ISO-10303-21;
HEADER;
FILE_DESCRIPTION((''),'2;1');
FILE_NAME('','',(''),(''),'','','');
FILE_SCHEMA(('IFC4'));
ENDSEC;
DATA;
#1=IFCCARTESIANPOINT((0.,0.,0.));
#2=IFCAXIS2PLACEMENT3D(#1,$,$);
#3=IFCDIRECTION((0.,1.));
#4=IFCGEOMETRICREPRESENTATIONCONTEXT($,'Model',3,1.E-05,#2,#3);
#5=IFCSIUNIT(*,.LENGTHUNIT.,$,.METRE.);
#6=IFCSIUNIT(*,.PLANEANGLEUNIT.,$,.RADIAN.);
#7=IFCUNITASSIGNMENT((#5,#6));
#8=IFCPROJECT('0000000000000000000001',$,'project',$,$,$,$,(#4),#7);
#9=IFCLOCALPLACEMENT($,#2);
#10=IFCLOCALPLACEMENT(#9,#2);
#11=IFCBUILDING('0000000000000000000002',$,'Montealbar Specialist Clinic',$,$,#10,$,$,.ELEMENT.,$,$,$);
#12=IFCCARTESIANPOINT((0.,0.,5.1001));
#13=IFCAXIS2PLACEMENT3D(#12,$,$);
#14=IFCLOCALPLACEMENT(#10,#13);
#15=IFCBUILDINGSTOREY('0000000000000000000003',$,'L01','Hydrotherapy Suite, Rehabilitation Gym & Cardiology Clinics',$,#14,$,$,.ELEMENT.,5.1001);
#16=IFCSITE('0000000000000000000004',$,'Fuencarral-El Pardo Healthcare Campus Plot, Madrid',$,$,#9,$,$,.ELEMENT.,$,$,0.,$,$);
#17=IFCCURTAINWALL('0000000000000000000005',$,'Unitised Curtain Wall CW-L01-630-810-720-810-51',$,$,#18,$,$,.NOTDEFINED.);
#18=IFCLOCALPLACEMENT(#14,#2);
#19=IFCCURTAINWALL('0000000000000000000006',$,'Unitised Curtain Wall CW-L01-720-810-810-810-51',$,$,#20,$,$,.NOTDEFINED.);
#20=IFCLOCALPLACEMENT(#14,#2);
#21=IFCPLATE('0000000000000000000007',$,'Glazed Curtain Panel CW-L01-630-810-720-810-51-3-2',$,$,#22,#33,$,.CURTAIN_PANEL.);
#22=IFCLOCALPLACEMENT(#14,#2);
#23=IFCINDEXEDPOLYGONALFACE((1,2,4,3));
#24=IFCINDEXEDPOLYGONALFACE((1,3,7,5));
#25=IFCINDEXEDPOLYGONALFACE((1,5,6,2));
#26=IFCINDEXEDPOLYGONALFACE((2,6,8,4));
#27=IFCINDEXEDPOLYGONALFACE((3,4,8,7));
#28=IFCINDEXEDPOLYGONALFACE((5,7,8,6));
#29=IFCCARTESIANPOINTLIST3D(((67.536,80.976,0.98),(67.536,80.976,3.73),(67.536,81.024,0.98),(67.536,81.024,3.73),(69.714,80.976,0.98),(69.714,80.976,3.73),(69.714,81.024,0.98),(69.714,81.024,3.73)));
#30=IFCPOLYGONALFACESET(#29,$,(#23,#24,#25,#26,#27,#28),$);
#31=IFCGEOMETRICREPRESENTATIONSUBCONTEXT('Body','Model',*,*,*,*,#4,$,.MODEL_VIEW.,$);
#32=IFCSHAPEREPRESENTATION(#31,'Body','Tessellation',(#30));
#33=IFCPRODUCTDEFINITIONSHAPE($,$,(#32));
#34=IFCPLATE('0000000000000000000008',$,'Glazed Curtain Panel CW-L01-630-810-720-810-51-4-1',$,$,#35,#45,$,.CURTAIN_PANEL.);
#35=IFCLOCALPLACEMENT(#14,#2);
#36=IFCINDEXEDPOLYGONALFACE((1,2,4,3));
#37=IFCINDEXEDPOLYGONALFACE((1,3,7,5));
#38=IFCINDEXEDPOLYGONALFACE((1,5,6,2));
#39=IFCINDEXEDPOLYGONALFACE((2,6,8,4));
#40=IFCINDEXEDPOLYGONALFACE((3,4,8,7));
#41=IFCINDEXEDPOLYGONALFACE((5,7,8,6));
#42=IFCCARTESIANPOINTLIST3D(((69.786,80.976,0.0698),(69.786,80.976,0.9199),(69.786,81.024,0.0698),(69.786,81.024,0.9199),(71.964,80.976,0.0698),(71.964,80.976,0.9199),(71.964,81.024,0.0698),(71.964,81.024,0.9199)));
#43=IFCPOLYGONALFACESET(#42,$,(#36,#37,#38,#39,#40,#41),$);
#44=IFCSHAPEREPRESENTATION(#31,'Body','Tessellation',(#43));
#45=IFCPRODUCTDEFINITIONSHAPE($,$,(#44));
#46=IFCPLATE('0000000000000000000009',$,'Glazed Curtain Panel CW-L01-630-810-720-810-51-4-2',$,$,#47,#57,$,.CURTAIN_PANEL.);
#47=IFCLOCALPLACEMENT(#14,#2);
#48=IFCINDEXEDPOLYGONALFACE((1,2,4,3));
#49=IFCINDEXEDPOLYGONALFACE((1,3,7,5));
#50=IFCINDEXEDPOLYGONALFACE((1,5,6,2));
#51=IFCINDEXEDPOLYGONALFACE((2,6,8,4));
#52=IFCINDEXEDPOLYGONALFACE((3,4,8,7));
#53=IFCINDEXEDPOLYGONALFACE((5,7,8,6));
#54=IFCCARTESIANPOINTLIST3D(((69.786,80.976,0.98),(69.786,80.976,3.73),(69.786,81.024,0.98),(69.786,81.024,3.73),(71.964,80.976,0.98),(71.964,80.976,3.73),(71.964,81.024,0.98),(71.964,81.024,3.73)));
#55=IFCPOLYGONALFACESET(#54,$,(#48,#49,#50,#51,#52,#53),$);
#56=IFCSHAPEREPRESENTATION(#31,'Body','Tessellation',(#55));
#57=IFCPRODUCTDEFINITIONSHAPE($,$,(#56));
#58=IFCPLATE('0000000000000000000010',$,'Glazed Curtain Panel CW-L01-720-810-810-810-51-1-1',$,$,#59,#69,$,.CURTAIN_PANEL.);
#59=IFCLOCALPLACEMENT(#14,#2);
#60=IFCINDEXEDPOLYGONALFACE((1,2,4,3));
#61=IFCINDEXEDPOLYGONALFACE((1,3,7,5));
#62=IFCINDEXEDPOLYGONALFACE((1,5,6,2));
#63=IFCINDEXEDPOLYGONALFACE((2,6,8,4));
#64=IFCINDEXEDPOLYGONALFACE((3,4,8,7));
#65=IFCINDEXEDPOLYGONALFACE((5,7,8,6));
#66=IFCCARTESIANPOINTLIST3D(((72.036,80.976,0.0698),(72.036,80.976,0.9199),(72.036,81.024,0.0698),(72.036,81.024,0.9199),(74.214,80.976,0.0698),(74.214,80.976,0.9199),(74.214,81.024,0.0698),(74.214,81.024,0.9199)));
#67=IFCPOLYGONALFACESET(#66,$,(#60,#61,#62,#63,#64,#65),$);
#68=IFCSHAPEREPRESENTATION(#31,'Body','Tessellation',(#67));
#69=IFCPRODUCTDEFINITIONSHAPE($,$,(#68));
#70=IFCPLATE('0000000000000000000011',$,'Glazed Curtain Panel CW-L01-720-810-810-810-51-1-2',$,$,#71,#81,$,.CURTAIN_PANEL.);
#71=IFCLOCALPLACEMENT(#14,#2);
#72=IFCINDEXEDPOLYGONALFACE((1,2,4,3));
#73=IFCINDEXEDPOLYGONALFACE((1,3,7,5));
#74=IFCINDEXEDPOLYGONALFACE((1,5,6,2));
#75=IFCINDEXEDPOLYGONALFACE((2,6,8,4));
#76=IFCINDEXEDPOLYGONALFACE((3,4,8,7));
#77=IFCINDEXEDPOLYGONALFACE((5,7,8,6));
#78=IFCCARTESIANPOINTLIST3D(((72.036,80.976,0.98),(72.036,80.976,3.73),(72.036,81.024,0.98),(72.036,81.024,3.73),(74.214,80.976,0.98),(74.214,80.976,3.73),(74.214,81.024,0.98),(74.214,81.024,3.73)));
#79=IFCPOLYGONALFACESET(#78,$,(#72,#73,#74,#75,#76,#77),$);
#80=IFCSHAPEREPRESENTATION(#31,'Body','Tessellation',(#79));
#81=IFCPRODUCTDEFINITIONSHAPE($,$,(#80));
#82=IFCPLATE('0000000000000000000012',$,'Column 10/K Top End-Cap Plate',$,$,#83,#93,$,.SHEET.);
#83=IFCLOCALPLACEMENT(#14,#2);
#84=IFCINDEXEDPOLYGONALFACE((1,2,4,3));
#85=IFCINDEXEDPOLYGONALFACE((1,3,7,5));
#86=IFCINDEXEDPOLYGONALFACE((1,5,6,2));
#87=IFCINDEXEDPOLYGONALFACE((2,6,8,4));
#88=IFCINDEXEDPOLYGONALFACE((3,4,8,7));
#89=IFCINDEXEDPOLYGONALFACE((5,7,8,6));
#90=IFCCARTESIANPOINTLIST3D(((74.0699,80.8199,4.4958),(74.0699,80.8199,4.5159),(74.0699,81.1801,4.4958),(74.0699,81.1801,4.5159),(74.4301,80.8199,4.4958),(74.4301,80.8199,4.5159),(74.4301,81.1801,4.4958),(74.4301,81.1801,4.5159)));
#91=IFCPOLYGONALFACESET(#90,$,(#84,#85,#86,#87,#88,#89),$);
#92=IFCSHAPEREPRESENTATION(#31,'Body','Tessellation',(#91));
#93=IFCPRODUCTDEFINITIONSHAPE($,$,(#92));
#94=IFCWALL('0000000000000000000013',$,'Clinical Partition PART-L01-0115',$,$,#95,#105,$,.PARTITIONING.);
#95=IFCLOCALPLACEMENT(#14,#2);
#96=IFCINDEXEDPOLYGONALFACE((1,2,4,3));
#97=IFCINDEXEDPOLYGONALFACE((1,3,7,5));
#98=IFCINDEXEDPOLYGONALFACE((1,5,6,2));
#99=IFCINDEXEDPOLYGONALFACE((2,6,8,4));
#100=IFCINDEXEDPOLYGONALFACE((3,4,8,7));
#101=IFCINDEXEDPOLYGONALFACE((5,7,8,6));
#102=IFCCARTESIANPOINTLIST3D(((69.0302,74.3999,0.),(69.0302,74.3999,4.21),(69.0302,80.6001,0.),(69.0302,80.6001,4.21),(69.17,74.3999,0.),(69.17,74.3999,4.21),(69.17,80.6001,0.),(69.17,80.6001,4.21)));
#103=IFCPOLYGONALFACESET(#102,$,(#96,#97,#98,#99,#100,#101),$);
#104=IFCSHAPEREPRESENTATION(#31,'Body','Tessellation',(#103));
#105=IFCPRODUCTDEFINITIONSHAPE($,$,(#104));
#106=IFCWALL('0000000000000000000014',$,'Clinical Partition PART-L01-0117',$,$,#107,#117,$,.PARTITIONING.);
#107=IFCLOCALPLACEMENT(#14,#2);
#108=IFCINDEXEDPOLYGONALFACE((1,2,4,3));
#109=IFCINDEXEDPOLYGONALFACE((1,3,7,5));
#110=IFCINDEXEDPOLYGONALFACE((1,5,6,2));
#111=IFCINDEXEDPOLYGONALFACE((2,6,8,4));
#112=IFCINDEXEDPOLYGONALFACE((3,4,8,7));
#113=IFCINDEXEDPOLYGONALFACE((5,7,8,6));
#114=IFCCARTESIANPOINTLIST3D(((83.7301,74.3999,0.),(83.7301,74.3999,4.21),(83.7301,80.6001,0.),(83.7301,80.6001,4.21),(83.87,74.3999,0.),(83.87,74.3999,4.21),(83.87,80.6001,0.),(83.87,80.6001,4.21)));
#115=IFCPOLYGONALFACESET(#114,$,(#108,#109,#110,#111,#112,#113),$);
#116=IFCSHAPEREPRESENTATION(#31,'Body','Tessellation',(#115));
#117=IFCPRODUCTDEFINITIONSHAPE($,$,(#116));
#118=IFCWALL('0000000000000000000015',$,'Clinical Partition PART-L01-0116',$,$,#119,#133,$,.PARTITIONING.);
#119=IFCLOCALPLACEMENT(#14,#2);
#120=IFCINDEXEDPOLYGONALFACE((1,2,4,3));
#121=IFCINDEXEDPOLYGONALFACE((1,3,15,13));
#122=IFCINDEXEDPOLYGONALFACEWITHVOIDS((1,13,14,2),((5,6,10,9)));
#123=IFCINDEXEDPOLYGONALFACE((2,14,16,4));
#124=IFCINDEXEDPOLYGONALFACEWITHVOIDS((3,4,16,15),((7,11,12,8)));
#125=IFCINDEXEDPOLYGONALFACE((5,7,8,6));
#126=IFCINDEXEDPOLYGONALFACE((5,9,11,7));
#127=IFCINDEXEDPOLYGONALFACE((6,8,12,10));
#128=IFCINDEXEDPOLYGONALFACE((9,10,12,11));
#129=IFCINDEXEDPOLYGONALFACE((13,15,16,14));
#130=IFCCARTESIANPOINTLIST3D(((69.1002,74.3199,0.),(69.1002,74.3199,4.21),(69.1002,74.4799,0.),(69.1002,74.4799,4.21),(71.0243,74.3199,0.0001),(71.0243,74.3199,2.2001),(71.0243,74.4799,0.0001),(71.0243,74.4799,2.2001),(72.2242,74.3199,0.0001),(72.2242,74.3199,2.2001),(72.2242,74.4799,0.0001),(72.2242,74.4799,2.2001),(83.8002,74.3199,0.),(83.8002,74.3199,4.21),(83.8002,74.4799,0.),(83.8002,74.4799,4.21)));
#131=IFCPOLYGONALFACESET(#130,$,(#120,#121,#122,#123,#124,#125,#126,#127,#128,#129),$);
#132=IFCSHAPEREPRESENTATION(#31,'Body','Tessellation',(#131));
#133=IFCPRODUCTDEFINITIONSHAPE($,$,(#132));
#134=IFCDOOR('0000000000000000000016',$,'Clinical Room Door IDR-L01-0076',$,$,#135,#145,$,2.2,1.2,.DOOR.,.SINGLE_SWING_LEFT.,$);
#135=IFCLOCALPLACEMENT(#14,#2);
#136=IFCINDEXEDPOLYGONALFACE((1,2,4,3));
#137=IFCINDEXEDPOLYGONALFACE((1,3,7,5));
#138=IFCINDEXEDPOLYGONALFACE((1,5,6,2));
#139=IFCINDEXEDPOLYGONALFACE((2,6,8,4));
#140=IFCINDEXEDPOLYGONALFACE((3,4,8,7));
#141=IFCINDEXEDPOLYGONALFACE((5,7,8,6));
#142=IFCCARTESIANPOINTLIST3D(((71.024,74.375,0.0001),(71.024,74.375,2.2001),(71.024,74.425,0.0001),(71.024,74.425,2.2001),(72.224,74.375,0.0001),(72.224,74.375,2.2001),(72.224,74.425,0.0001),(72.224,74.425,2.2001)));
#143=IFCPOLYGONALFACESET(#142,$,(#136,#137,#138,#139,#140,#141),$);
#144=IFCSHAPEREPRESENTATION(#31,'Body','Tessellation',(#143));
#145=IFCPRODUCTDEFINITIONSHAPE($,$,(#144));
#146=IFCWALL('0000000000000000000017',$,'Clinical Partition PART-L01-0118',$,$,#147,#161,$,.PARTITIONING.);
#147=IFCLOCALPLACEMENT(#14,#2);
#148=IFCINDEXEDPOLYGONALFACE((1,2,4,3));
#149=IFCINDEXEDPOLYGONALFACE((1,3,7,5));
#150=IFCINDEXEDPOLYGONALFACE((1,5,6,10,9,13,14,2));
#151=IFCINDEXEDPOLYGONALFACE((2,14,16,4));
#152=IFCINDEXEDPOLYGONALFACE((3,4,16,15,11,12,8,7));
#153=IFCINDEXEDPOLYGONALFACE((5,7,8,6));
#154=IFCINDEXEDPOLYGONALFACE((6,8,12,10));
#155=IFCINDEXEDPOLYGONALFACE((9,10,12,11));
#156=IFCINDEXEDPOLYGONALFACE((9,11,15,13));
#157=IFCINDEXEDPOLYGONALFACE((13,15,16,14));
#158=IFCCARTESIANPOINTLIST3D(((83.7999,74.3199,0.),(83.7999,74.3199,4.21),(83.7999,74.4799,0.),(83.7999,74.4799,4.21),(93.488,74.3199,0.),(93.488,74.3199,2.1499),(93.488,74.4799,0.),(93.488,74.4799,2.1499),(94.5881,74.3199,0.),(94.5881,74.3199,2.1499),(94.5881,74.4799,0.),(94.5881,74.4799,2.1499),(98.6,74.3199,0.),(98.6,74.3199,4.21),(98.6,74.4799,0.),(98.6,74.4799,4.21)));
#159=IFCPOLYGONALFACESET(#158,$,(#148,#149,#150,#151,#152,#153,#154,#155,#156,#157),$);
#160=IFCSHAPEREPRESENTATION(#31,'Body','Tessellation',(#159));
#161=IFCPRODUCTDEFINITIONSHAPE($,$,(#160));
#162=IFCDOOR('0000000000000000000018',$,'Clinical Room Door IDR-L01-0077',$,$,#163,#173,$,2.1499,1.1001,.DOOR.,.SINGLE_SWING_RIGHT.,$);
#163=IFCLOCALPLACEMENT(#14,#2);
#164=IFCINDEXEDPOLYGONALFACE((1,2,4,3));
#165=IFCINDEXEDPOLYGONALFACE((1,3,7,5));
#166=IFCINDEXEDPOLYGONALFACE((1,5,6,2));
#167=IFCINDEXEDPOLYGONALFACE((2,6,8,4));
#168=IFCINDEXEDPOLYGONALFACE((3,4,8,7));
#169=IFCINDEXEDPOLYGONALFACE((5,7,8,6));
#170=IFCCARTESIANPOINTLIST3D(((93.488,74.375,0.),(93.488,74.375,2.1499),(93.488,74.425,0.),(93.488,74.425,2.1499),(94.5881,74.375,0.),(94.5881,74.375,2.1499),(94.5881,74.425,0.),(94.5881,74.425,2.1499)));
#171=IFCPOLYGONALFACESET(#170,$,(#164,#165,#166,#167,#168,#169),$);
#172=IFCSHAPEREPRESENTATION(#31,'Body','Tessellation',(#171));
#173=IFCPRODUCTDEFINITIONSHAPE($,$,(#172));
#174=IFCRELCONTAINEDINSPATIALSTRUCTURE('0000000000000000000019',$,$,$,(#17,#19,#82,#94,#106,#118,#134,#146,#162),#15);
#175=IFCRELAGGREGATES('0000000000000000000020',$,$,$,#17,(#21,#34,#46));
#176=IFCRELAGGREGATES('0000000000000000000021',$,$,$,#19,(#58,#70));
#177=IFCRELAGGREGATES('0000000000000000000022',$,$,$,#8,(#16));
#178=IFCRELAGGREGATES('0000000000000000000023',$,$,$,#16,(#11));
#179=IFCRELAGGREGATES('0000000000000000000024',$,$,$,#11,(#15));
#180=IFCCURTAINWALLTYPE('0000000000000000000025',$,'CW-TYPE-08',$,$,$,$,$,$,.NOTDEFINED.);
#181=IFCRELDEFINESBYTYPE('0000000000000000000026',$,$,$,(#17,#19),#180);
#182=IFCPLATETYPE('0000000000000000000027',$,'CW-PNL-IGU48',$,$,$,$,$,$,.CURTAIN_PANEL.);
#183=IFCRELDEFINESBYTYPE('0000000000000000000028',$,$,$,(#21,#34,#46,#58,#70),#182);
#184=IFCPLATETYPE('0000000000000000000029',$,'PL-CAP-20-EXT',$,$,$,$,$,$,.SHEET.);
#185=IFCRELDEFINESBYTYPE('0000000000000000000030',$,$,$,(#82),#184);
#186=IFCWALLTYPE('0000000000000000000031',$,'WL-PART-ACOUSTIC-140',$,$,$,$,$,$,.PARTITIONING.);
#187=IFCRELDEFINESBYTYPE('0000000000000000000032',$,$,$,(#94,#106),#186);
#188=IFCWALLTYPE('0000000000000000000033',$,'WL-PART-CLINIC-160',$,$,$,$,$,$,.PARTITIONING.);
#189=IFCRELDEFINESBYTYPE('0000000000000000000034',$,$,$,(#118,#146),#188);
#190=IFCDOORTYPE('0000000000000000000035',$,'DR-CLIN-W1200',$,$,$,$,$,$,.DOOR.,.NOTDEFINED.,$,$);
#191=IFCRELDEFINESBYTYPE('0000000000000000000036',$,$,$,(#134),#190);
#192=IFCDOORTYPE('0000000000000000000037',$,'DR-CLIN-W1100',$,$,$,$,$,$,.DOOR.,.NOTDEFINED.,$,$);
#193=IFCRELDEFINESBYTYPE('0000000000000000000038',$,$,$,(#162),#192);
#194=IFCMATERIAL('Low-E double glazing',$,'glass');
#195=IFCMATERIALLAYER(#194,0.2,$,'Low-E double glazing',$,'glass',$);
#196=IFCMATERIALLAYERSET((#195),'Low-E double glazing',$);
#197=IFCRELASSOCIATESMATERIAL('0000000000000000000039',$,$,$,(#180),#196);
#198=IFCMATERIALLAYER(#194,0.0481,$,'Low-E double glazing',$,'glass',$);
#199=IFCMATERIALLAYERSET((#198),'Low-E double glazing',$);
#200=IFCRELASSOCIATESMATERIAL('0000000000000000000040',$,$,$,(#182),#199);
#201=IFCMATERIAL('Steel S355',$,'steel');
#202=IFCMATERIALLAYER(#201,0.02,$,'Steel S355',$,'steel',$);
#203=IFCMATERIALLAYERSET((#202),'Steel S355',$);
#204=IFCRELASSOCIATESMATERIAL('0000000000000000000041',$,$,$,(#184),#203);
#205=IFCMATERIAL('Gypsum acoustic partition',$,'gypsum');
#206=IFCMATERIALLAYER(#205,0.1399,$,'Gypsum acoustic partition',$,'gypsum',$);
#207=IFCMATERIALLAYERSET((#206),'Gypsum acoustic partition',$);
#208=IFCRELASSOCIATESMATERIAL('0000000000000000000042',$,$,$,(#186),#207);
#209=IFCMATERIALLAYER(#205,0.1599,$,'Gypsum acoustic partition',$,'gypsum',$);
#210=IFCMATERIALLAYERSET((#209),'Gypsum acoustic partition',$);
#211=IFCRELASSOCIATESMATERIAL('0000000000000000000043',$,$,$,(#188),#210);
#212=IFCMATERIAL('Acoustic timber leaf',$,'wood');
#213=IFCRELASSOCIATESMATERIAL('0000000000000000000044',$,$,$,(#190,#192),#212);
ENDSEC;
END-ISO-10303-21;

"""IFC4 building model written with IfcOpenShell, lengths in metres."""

from ifc_helpers import new_model, si_unit, direction, frame, frame_2d, origin, origin_2d, place, context, subcontext, project, spatial, rectangle, extrude, material, layer, layer_set, type_object, element, fill, aggregate, save


model = new_model("IFC4")

# Units and contexts
model_context = context("Model", 3, precision=1e-05, world=origin(), true_north=direction((0.0, 1.0)))
body_context = subcontext(model_context, "Body", "Model", "MODEL_VIEW")
ifc_project = project(units=[si_unit("LENGTHUNIT", "METRE"), si_unit("PLANEANGLEUNIT", "RADIAN")], contexts=[model_context])

# Site, building, storey
site_placement = place(None, origin())
site = spatial("IfcSite", under=ifc_project, at=site_placement, Name="Fuencarral-El Pardo Healthcare Campus Plot, Madrid", CompositionType="ELEMENT", RefElevation=0.0)
building_placement = place(site_placement, origin())
building = spatial("IfcBuilding", under=site, at=building_placement, Name="Montealbar Specialist Clinic", CompositionType="ELEMENT")
storey_placement = place(building_placement, frame((0.0, 0.0, 5.1001)))
storey = spatial("IfcBuildingStorey", under=building, at=storey_placement, Name="L01", Description="Hydrotherapy Suite, Rehabilitation Gym & Cardiology Clinics", CompositionType="ELEMENT", Elevation=5.1001)

# Shared definitions
ifc_material_1 = material(Name="Steel S355", Category="steel")

# Curtain walls
ifc_material_2 = material(Name="Low-E double glazing", Category="glass")
ifc_layer_1 = layer(ifc_material_2, 0.2, Name="Low-E double glazing", Category="glass")
ifc_layer_set_1 = layer_set([ifc_layer_1], Name="Low-E double glazing")
curtain_wall_type = type_object("IfcCurtainWallType", Name="CW-TYPE-08", PredefinedType="NOTDEFINED", material=ifc_layer_set_1)
curtain_wall_1_placement = place(storey_placement, origin())
curtain_wall_1 = element("IfcCurtainWall", 1, at=curtain_wall_1_placement, inside=storey, type_object=curtain_wall_type, Name="Unitised Curtain Wall CW-L01-630-810-720-810-51", PredefinedType="NOTDEFINED")
curtain_wall_2_placement = place(storey_placement, origin())
curtain_wall_2 = element("IfcCurtainWall", 2, at=curtain_wall_2_placement, inside=storey, type_object=curtain_wall_type, Name="Unitised Curtain Wall CW-L01-720-810-810-810-51", PredefinedType="NOTDEFINED")

# Plates
ifc_layer_2 = layer(ifc_material_2, 0.0481, Name="Low-E double glazing", Category="glass")
ifc_layer_set_2 = layer_set([ifc_layer_2], Name="Low-E double glazing")
plate_type_1 = type_object("IfcPlateType", Name="CW-PNL-IGU48", PredefinedType="CURTAIN_PANEL", material=ifc_layer_set_2)
plate_1_placement = place(storey_placement, frame((68.625, 81.0, 0.98), z_axis=(0.0, 0.0, 1.0), x_axis=(1.0, 0.0, 0.0)))
plate_1 = element("IfcPlate", 3, at=plate_1_placement, type_object=plate_type_1, Name="Glazed Curtain Panel CW-L01-630-810-720-810-51-3-2", PredefinedType="CURTAIN_PANEL", context=body_context, shape_type="SweptSolid", body=[
    extrude(rectangle(XDim=2.178, YDim=0.0481, at=origin_2d()), origin(), (0.0, 0.0, 1.0), 2.75),
])
plate_2_placement = place(storey_placement, frame((70.875, 81.0, 0.0698), z_axis=(0.0, 0.0, 1.0), x_axis=(1.0, 0.0, 0.0)))
plate_2 = element("IfcPlate", 4, at=plate_2_placement, type_object=plate_type_1, Name="Glazed Curtain Panel CW-L01-630-810-720-810-51-4-1", PredefinedType="CURTAIN_PANEL", context=body_context, shape_type="SweptSolid", body=[
    extrude(rectangle(XDim=2.178, YDim=0.0481, at=origin_2d()), origin(), (0.0, 0.0, 1.0), 0.8501),
])
plate_3_placement = place(storey_placement, frame((70.875, 81.0, 0.98), z_axis=(0.0, 0.0, 1.0), x_axis=(1.0, 0.0, 0.0)))
plate_3 = element("IfcPlate", 5, at=plate_3_placement, type_object=plate_type_1, Name="Glazed Curtain Panel CW-L01-630-810-720-810-51-4-2", PredefinedType="CURTAIN_PANEL", context=body_context, shape_type="SweptSolid", body=[
    extrude(rectangle(XDim=2.178, YDim=0.0481, at=origin_2d()), origin(), (0.0, 0.0, 1.0), 2.75),
])
aggregate(curtain_wall_1, [plate_1, plate_2, plate_3])
plate_4_placement = place(storey_placement, frame((73.125, 81.0, 0.0698), z_axis=(0.0, 0.0, 1.0), x_axis=(1.0, 0.0, 0.0)))
plate_4 = element("IfcPlate", 6, at=plate_4_placement, type_object=plate_type_1, Name="Glazed Curtain Panel CW-L01-720-810-810-810-51-1-1", PredefinedType="CURTAIN_PANEL", context=body_context, shape_type="SweptSolid", body=[
    extrude(rectangle(XDim=2.178, YDim=0.0481, at=origin_2d()), origin(), (0.0, 0.0, 1.0), 0.8501),
])
plate_5_placement = place(storey_placement, frame((73.125, 81.0, 0.98), z_axis=(0.0, 0.0, 1.0), x_axis=(1.0, 0.0, 0.0)))
plate_5 = element("IfcPlate", 7, at=plate_5_placement, type_object=plate_type_1, Name="Glazed Curtain Panel CW-L01-720-810-810-810-51-1-2", PredefinedType="CURTAIN_PANEL", context=body_context, shape_type="SweptSolid", body=[
    extrude(rectangle(XDim=2.178, YDim=0.0481, at=origin_2d()), origin(), (0.0, 0.0, 1.0), 2.75),
])
aggregate(curtain_wall_2, [plate_4, plate_5])
ifc_layer_3 = layer(ifc_material_1, 0.02, Name="Steel S355", Category="steel")
ifc_layer_set_3 = layer_set([ifc_layer_3], Name="Steel S355")
plate_type_2 = type_object("IfcPlateType", Name="PL-CAP-20-EXT", PredefinedType="SHEET", material=ifc_layer_set_3)
plate_6_placement = place(storey_placement, frame((74.25, 81.0, 4.4958), z_axis=(0.0, 0.0, 1.0), x_axis=(1.0, 0.0, 0.0)))
element("IfcPlate", 8, at=plate_6_placement, inside=storey, type_object=plate_type_2, Name="Column 10/K Top End-Cap Plate", PredefinedType="SHEET", context=body_context, shape_type="SweptSolid", body=[
    extrude(rectangle(XDim=0.3601, YDim=0.3601, at=origin_2d()), origin(), (0.0, 0.0, 1.0), 0.02),
])

# Walls
ifc_material_3 = material(Name="Gypsum acoustic partition", Category="gypsum")
ifc_layer_4 = layer(ifc_material_3, 0.1399, Name="Gypsum acoustic partition", Category="gypsum")
ifc_layer_set_4 = layer_set([ifc_layer_4], Name="Gypsum acoustic partition")
wall_type_1 = type_object("IfcWallType", Name="WL-PART-ACOUSTIC-140", PredefinedType="PARTITIONING", material=ifc_layer_set_4)
for number, where, z_axis, x_axis, name in (
    (9, (69.1001, 74.3999, 0.0), (0.0, 0.0, 1.0), (0.0, 1.0, 0.0), "Clinical Partition PART-L01-0115"),
    (10, (83.8, 74.3999, 0.0), (0.0, 0.0, 1.0), (0.0, 1.0, 0.0), "Clinical Partition PART-L01-0117"),
):
    element("IfcWall", number, at=place(storey_placement, frame(where, z_axis=z_axis, x_axis=x_axis)), inside=storey, type_object=wall_type_1, Name=name, PredefinedType="PARTITIONING", context=body_context, shape_type="SweptSolid", body=[
        extrude(rectangle(XDim=6.2002, YDim=0.1399, at=frame_2d((3.1001, 0.0))), origin(), (0.0, 0.0, 1.0), 4.21),
    ])

# Walls, openings, doors
ifc_layer_5 = layer(ifc_material_3, 0.1599, Name="Gypsum acoustic partition", Category="gypsum")
ifc_layer_set_5 = layer_set([ifc_layer_5], Name="Gypsum acoustic partition")
wall_type_2 = type_object("IfcWallType", Name="WL-PART-CLINIC-160", PredefinedType="PARTITIONING", material=ifc_layer_set_5)
wall_1_placement = place(storey_placement, frame((69.1001, 74.3999, 0.0), z_axis=(0.0, 0.0, 1.0), x_axis=(1.0, 0.0, 0.0)))
wall_1 = element("IfcWall", 11, at=wall_1_placement, inside=storey, type_object=wall_type_2, Name="Clinical Partition PART-L01-0116", PredefinedType="PARTITIONING", context=body_context, shape_type="SweptSolid", body=[
    extrude(rectangle(XDim=14.7, YDim=0.1599, at=frame_2d((7.3501, 0.0))), origin(), (0.0, 0.0, 1.0), 4.21),
])
opening_1_placement = place(wall_1_placement, frame((1.9241, 0.0, 0.0)))
opening_1 = element("IfcOpeningElement", 12, at=opening_1_placement, cuts=wall_1, PredefinedType="OPENING", context=body_context, shape_type="SweptSolid", body=[
    extrude(rectangle(XDim=1.2, YDim=2.2, at=frame_2d((0.6001, 1.1001))), frame((0.0, 0.0898, 0.0), z_axis=(0.0, -1.0, 0.0), x_axis=(1.0, 0.0, 0.0)), (0.0, 0.0, 1.0), 0.1799),
])
ifc_material_4 = material(Name="Acoustic timber leaf", Category="wood")
door_type_1 = type_object("IfcDoorType", Name="DR-CLIN-W1200", OperationType="NOTDEFINED", PredefinedType="DOOR", material=ifc_material_4)
door_1_placement = place(opening_1_placement, frame((1.2, 0.0, 0.0), z_axis=(0.0, 0.0, 1.0), x_axis=(-1.0, 0.0, 0.0)))
door_1 = element("IfcDoor", 13, at=door_1_placement, inside=storey, type_object=door_type_1, Name="Clinical Room Door IDR-L01-0076", OperationType="SINGLE_SWING_LEFT", OverallHeight=2.2, OverallWidth=1.2, PredefinedType="DOOR", context=body_context, shape_type="SweptSolid", body=[
    extrude(rectangle(XDim=1.2, YDim=2.2, at=frame_2d((0.6001, 1.1001))), frame((0.0, 0.0249, 0.0), z_axis=(0.0, -1.0, 0.0), x_axis=(1.0, 0.0, 0.0)), (0.0, 0.0, 1.0), 0.05),
])
fill(opening_1, door_1)
wall_2_placement = place(storey_placement, frame((83.8, 74.3999, 0.0), z_axis=(0.0, 0.0, 1.0), x_axis=(1.0, 0.0, 0.0)))
wall_2 = element("IfcWall", 14, at=wall_2_placement, inside=storey, type_object=wall_type_2, Name="Clinical Partition PART-L01-0118", PredefinedType="PARTITIONING", context=body_context, shape_type="SweptSolid", body=[
    extrude(rectangle(XDim=14.8, YDim=0.1599, at=frame_2d((7.3999, 0.0))), origin(), (0.0, 0.0, 1.0), 4.21),
])
opening_2_placement = place(wall_2_placement, frame((9.688, 0.0, 0.0)))
opening_2 = element("IfcOpeningElement", 15, at=opening_2_placement, cuts=wall_2, PredefinedType="OPENING", context=body_context, shape_type="SweptSolid", body=[
    extrude(rectangle(XDim=1.1001, YDim=2.1499, at=frame_2d((0.55, 1.075))), frame((0.0, 0.0898, 0.0), z_axis=(0.0, -1.0, 0.0), x_axis=(1.0, 0.0, 0.0)), (0.0, 0.0, 1.0), 0.1799),
])
door_type_2 = type_object("IfcDoorType", Name="DR-CLIN-W1100", OperationType="NOTDEFINED", PredefinedType="DOOR", material=ifc_material_4)
door_2_placement = place(opening_2_placement, frame((1.1001, 0.0, 0.0), z_axis=(0.0, 0.0, 1.0), x_axis=(-1.0, 0.0, 0.0)))
door_2 = element("IfcDoor", 16, at=door_2_placement, inside=storey, type_object=door_type_2, Name="Clinical Room Door IDR-L01-0077", OperationType="SINGLE_SWING_RIGHT", OverallHeight=2.1499, OverallWidth=1.1001, PredefinedType="DOOR", context=body_context, shape_type="SweptSolid", body=[
    extrude(rectangle(XDim=1.1001, YDim=2.1499, at=frame_2d((0.55, 1.075))), frame((0.0, 0.0249, 0.0), z_axis=(0.0, -1.0, 0.0), x_axis=(1.0, 0.0, 0.0)), (0.0, 0.0, 1.0), 0.05),
])
fill(opening_2, door_2)

save(model, "model.ifc")
